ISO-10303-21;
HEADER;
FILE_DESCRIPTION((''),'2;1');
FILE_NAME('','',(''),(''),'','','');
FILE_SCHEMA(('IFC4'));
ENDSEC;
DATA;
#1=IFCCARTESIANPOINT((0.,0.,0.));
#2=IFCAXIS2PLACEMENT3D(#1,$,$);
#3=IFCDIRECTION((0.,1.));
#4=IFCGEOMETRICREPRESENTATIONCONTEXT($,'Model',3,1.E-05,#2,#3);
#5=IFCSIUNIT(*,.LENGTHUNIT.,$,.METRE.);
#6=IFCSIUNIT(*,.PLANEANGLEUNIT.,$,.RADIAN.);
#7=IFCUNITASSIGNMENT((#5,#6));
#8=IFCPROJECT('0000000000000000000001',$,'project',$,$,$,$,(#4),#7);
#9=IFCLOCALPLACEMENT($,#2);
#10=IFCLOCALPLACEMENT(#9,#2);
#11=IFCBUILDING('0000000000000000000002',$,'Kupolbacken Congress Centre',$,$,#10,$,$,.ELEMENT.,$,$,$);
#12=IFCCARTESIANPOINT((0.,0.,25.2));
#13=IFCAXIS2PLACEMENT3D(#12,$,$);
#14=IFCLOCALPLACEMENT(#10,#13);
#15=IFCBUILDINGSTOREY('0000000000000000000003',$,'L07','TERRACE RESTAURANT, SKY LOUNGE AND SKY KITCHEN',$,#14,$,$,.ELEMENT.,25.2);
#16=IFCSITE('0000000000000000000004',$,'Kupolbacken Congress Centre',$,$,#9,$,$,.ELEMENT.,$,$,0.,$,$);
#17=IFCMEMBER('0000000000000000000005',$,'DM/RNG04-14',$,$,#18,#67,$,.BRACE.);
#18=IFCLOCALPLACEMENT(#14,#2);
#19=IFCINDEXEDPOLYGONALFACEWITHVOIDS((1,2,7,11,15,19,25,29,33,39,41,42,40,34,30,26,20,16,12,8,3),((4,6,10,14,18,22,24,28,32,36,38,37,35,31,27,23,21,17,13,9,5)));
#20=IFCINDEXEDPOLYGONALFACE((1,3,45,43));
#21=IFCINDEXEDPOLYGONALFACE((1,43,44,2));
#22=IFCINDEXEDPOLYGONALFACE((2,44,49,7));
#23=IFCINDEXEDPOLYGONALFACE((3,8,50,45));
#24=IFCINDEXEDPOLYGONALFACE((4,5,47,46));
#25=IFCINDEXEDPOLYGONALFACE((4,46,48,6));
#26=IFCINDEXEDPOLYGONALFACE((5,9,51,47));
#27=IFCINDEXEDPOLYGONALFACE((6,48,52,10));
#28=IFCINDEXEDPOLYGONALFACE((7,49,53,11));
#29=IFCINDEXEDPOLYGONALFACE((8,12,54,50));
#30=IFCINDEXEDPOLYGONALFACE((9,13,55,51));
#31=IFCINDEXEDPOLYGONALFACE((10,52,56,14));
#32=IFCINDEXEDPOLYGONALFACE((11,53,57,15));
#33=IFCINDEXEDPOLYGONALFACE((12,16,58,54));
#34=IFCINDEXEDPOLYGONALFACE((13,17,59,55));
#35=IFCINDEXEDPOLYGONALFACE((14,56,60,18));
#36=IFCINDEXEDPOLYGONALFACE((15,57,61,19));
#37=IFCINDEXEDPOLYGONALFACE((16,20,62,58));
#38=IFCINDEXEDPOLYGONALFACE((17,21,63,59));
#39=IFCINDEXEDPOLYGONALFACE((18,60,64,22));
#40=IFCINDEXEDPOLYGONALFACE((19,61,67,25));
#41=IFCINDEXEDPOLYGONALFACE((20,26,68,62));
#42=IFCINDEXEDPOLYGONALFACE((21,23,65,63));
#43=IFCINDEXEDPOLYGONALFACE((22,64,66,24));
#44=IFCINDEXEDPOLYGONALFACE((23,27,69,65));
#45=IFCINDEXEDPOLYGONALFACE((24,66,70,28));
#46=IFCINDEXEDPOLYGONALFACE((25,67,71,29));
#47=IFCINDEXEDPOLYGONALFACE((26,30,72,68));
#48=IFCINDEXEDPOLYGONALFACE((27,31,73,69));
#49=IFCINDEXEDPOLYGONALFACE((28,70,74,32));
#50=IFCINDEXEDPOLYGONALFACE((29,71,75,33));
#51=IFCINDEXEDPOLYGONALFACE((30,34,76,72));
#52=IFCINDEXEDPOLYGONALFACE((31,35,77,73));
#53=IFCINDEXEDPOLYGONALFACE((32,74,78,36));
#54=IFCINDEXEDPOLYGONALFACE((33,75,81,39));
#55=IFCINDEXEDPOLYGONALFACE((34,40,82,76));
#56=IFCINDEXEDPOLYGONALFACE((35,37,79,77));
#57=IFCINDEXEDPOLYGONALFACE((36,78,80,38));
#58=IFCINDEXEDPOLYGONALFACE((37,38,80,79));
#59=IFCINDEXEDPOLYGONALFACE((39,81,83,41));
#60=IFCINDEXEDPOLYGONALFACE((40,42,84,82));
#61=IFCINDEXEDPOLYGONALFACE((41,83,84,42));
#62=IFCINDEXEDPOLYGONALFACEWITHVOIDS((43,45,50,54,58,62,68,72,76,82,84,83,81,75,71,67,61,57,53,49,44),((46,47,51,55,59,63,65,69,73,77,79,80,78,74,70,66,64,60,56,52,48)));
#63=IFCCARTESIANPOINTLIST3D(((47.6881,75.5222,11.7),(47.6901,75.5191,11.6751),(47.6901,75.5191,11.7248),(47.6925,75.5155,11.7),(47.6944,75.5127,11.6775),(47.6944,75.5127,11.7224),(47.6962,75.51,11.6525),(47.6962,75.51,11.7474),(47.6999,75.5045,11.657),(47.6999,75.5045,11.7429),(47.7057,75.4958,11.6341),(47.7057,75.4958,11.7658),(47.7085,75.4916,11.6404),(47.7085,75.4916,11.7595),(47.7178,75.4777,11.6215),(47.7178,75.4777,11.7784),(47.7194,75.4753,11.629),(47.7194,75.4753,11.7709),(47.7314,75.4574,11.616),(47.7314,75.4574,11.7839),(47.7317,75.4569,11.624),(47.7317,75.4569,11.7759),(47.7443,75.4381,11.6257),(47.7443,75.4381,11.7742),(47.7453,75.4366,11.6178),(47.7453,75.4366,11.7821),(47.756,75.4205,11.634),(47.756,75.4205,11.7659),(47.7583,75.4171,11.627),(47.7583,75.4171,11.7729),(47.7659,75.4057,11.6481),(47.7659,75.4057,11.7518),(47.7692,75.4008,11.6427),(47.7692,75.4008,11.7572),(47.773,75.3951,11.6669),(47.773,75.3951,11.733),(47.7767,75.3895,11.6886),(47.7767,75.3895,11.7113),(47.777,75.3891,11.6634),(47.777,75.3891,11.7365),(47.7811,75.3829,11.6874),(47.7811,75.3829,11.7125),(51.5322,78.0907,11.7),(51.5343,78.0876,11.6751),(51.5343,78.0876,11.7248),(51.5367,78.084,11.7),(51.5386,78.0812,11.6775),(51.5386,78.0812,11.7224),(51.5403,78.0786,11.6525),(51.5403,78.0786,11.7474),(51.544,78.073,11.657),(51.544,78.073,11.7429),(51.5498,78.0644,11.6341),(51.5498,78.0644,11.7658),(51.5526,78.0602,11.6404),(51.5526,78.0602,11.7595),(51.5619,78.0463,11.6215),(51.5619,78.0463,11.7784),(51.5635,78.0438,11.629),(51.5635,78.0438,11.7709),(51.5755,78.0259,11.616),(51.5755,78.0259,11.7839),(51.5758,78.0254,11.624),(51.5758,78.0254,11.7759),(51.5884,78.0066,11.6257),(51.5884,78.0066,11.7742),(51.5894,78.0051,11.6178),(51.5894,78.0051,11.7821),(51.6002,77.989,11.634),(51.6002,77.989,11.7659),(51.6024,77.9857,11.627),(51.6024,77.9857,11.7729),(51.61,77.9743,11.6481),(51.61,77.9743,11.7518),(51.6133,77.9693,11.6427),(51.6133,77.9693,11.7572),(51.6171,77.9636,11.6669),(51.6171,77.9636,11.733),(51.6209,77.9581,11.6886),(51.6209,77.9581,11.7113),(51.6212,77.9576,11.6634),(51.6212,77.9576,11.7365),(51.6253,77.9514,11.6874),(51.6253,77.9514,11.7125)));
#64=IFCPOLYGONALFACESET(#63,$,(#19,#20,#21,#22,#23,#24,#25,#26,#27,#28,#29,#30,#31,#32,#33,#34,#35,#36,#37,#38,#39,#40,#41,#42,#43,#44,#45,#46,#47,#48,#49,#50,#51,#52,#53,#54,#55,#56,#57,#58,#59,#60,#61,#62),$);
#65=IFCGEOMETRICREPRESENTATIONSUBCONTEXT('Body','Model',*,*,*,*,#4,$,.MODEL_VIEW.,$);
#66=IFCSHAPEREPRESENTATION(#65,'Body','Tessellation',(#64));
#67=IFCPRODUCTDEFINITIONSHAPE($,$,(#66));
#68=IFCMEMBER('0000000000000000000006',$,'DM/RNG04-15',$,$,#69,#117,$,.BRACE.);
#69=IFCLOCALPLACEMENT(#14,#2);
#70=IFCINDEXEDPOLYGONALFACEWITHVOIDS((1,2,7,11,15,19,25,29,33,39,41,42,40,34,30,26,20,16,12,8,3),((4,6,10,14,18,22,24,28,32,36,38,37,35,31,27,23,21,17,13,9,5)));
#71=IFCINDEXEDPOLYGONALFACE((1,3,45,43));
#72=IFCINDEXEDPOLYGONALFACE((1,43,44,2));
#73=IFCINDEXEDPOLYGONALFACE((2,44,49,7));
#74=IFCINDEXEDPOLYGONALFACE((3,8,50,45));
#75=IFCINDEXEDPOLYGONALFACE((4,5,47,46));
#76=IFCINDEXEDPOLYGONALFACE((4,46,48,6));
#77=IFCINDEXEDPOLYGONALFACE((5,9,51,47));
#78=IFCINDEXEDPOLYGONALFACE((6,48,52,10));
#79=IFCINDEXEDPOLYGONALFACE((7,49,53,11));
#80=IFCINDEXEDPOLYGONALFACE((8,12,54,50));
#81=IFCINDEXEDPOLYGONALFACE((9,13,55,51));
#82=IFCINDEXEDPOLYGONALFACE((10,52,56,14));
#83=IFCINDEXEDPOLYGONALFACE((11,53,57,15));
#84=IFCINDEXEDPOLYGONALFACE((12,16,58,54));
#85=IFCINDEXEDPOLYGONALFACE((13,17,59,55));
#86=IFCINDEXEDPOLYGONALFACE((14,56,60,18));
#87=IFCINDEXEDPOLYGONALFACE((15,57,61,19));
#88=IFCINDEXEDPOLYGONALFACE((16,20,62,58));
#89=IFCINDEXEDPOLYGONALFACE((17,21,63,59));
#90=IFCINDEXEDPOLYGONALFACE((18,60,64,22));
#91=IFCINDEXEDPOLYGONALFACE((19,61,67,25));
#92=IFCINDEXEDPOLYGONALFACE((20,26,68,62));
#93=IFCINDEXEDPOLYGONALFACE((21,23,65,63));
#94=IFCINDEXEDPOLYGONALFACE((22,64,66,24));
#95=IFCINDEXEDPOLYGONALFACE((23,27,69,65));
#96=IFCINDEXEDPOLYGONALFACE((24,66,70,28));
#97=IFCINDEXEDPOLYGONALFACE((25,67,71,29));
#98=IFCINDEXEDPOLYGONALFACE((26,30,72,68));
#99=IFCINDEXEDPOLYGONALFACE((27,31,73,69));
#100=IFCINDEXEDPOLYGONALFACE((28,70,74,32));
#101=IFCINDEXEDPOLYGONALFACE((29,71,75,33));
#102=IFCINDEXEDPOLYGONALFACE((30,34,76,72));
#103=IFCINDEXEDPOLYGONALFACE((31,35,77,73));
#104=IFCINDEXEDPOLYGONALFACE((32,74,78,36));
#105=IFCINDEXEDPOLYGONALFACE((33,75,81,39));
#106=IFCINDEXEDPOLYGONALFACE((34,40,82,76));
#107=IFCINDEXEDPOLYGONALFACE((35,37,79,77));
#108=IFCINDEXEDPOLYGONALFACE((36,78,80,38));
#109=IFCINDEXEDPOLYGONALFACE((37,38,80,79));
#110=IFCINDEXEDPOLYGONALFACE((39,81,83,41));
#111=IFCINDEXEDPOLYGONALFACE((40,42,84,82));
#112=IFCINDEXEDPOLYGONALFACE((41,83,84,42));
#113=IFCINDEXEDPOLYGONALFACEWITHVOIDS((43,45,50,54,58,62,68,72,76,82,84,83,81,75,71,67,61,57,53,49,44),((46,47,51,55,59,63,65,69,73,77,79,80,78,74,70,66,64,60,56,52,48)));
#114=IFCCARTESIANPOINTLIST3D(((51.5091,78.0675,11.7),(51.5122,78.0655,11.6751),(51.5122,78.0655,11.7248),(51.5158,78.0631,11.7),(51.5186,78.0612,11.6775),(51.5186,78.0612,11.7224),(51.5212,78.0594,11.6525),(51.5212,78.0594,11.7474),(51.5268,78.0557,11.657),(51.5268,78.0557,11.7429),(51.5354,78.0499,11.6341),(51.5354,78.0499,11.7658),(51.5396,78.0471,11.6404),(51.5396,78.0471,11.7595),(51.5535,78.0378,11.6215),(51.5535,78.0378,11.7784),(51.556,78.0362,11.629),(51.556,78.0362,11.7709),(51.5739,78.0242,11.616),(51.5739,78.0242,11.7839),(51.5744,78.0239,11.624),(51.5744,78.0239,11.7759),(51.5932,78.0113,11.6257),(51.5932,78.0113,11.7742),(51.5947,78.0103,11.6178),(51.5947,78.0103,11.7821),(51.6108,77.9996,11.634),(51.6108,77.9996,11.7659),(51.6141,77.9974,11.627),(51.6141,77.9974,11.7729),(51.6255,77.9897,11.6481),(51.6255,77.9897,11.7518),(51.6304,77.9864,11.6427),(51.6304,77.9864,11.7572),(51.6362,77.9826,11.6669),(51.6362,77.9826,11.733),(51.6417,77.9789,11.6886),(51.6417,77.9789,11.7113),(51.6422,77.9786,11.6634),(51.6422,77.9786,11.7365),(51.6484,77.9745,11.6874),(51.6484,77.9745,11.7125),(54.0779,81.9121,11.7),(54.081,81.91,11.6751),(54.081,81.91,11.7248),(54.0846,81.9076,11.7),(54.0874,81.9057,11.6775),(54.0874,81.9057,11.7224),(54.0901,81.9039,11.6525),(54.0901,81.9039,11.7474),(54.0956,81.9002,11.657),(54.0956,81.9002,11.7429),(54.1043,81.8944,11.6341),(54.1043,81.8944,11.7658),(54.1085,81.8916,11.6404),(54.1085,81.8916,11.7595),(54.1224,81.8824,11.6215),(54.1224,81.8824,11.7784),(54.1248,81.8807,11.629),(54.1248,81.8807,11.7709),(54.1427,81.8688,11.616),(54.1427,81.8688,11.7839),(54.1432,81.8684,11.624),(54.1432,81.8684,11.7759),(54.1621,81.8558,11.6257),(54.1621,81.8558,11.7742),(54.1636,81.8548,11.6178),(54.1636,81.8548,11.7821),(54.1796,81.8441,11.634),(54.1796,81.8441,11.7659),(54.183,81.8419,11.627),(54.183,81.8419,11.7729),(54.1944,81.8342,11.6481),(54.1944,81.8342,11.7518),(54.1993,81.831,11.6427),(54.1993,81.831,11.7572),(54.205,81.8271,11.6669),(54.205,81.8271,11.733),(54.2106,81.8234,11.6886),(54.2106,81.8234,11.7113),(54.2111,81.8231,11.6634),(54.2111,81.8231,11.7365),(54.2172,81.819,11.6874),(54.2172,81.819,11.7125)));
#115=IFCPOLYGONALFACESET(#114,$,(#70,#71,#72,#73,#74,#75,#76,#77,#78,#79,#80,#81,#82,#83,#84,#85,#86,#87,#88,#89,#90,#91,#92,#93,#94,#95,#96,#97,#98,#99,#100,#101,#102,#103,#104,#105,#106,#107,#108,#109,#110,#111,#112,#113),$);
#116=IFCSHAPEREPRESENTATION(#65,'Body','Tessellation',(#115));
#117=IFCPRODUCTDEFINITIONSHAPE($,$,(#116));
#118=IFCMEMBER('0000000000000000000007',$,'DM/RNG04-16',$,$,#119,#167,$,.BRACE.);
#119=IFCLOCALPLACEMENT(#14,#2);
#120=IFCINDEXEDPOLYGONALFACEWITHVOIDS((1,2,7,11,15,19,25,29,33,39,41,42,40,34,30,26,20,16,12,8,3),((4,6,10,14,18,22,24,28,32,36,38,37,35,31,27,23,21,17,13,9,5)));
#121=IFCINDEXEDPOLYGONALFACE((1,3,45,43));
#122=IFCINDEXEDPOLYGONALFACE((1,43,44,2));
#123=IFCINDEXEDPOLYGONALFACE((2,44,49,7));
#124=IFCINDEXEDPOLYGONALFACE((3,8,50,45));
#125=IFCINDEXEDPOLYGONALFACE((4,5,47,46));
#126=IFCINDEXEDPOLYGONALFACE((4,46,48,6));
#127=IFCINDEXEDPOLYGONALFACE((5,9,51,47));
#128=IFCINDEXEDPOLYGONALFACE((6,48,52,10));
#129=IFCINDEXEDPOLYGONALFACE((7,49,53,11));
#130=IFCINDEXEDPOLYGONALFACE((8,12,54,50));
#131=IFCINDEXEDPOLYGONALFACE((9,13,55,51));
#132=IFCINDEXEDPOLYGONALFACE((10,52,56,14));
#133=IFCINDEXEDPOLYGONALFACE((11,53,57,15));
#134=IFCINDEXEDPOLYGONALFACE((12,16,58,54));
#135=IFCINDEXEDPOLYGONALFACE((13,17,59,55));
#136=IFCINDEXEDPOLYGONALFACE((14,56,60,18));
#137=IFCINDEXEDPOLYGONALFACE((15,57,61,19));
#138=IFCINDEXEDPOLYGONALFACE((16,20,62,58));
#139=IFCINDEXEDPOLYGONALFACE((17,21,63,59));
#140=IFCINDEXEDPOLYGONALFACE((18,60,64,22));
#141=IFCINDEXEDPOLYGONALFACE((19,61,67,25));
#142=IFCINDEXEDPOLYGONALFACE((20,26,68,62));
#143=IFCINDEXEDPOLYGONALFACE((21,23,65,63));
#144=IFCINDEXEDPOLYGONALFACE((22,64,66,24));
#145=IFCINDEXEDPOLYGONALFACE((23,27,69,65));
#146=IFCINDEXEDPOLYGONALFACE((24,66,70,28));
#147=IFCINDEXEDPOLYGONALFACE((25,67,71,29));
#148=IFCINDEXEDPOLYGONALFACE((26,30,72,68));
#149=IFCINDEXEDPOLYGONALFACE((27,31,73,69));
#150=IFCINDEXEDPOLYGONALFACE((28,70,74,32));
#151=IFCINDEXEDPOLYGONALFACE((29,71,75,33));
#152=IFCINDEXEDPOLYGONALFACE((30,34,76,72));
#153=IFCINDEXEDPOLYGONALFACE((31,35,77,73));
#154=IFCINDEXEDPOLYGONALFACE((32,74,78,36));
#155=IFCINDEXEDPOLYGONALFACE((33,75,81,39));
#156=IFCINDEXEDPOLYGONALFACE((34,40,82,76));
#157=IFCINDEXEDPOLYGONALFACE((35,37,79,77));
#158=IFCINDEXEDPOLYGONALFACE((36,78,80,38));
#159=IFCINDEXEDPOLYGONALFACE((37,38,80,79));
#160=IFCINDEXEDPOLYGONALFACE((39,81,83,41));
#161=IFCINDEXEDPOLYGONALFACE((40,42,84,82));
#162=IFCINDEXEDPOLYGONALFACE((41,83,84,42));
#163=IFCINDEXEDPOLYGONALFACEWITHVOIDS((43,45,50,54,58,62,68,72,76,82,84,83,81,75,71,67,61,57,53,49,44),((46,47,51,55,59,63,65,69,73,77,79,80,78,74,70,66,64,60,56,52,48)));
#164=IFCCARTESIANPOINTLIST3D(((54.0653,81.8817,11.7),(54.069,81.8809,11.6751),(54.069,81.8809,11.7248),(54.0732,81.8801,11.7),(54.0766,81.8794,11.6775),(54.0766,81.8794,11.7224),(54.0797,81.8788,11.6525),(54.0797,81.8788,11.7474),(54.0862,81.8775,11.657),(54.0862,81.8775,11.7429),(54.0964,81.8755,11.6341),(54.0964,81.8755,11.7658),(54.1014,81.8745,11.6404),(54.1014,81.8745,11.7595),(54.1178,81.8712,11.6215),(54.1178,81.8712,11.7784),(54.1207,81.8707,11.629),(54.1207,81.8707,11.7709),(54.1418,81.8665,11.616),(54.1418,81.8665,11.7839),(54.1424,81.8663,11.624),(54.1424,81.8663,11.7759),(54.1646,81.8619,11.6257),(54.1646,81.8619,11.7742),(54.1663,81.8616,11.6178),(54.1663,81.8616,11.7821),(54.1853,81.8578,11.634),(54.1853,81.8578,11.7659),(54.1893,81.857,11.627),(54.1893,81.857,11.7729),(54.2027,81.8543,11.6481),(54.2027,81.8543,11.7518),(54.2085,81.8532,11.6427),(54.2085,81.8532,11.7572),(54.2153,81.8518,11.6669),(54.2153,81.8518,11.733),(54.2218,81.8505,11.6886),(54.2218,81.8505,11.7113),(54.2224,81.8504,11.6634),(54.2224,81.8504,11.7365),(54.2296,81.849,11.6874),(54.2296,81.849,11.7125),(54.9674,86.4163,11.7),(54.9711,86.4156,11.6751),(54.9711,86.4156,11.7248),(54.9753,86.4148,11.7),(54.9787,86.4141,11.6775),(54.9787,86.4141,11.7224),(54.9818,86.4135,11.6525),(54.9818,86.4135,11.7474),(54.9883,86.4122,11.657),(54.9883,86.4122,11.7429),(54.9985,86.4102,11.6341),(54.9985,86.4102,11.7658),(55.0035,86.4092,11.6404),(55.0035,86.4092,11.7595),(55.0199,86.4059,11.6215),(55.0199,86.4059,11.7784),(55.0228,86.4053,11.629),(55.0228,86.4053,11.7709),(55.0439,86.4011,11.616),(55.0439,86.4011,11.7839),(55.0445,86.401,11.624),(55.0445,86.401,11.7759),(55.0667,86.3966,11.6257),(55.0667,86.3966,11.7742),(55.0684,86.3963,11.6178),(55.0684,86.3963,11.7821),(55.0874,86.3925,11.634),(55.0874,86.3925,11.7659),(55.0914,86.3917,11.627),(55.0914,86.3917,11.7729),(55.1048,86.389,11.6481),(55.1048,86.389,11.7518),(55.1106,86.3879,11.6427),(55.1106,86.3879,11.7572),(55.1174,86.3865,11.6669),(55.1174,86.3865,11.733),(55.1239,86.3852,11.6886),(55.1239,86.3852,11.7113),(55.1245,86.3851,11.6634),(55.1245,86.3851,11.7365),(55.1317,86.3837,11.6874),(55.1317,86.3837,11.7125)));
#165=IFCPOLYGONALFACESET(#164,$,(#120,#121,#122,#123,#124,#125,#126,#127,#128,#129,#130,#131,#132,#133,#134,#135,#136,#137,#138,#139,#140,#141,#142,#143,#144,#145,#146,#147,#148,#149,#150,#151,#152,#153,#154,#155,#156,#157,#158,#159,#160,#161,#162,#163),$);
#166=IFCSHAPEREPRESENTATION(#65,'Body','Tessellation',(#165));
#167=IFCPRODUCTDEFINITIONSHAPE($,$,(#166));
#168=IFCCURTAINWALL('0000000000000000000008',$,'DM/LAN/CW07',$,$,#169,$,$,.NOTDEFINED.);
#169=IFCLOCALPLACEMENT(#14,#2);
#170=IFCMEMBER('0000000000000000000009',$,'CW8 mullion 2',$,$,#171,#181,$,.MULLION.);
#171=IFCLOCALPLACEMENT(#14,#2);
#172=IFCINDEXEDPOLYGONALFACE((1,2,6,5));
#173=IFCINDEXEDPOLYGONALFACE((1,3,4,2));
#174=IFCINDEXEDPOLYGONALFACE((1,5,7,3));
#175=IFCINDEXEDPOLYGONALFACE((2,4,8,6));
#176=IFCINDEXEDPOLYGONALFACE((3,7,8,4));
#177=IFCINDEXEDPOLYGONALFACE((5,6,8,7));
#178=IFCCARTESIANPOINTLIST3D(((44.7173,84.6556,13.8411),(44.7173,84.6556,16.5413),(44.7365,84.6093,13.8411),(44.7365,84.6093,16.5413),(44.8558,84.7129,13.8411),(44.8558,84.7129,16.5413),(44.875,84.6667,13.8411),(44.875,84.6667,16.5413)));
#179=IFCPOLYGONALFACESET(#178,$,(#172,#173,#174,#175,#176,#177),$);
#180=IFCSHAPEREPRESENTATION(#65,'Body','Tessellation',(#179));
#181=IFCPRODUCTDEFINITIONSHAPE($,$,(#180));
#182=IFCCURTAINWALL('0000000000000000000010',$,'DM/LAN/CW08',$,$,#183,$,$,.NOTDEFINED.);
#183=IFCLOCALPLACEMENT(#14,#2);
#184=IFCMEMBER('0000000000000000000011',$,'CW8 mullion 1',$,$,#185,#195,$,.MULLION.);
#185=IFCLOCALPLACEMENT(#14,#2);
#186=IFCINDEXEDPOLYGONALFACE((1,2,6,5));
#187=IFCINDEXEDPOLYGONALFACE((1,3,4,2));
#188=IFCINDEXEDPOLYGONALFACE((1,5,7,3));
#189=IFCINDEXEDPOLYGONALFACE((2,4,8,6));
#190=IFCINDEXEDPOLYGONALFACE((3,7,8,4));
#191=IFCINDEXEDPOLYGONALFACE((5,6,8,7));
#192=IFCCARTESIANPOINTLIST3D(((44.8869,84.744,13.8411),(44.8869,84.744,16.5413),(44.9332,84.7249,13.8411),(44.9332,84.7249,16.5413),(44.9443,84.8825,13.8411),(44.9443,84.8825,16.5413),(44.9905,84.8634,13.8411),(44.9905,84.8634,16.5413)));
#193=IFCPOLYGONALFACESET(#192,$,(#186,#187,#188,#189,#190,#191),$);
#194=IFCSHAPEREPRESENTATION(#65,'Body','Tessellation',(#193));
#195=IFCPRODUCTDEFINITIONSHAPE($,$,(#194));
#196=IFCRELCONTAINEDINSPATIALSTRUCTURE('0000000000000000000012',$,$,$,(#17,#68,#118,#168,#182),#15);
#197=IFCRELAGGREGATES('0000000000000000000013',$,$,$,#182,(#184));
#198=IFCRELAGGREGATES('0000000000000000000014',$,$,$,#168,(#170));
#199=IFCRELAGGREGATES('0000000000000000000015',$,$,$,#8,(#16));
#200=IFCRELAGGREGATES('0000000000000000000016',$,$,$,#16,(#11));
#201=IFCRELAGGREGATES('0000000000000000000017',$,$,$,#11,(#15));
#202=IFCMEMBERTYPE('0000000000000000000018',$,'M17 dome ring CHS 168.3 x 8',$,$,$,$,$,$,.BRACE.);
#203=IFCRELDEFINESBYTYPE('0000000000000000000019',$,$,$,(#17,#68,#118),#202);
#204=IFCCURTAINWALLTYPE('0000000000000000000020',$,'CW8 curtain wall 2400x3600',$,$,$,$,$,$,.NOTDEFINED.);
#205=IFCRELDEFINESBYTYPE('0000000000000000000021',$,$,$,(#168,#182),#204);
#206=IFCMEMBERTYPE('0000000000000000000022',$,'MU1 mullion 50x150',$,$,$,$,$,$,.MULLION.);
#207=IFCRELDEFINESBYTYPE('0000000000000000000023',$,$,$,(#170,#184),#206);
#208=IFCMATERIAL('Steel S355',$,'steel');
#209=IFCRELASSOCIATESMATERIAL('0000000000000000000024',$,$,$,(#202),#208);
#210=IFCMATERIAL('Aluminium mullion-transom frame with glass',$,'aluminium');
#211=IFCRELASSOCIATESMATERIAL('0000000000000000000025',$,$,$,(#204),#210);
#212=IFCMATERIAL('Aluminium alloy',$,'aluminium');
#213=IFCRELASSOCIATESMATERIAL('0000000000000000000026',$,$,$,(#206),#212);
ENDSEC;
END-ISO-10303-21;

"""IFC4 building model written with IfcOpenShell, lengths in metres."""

from ifc_helpers import new_model, si_unit, direction, frame, origin, origin_2d, place, context, subcontext, project, spatial, rectangle, hollow_circle, extrude, material, material_profile, profile_set, type_object, element, aggregate, save


model = new_model("IFC4")

# Units and contexts
model_context = context("Model", 3, precision=1e-05, world=origin(), true_north=direction((0.0, 1.0)))
body_context = subcontext(model_context, "Body", "Model", "MODEL_VIEW")
ifc_project = project(units=[si_unit("LENGTHUNIT", "METRE"), si_unit("PLANEANGLEUNIT", "RADIAN")], contexts=[model_context])

# Site, building, storey
site_placement = place(None, origin())
site = spatial("IfcSite", under=ifc_project, at=site_placement, Name="Kupolbacken Congress Centre", CompositionType="ELEMENT", RefElevation=0.0)
building_placement = place(site_placement, origin())
building = spatial("IfcBuilding", under=site, at=building_placement, Name="Kupolbacken Congress Centre", CompositionType="ELEMENT")
storey_placement = place(building_placement, frame((0.0, 0.0, 25.2)))
storey = spatial("IfcBuildingStorey", under=building, at=storey_placement, Name="L07", Description="TERRACE RESTAURANT, SKY LOUNGE AND SKY KITCHEN", CompositionType="ELEMENT", Elevation=25.2)

# Members
ifc_material_1 = material(Name="Steel S355", Category="steel")
ifc_material_profile_1 = material_profile(ifc_material_1, hollow_circle(Radius=0.0842, WallThickness=0.0081, at=origin_2d()), Name="CHS 168.3 x 8")
ifc_profile_set_1 = profile_set([ifc_material_profile_1], Name="Steel S355")
member_type_1 = type_object("IfcMemberType", Name="M17 dome ring CHS 168.3 x 8", PredefinedType="BRACE", material=ifc_profile_set_1)
member_1_placement = place(storey_placement, frame((47.7349, 75.4521, 11.7), z_axis=(0.831473, 0.555565, 0.0), x_axis=(-0.555565, 0.831473, 0.0)))
element("IfcMember", 1, at=member_1_placement, inside=storey, type_object=member_type_1, Name="DM/RNG04-14", PredefinedType="BRACE", context=body_context, shape_type="SweptSolid", body=[
    extrude(hollow_circle(Radius=0.0842, WallThickness=0.0081, at=origin_2d()), origin(), (0.0, 0.0, 1.0), 4.6233),
])
member_2_placement = place(storey_placement, frame((51.5791, 78.0208, 11.7), z_axis=(0.555577, 0.831465, 0.0), x_axis=(-0.831465, 0.555577, 0.0)))
element("IfcMember", 2, at=member_2_placement, inside=storey, type_object=member_type_1, Name="DM/RNG04-15", PredefinedType="BRACE", context=body_context, shape_type="SweptSolid", body=[
    extrude(hollow_circle(Radius=0.0842, WallThickness=0.0081, at=origin_2d()), origin(), (0.0, 0.0, 1.0), 4.6238),
])
member_3_placement = place(storey_placement, frame((54.1479, 81.8652, 11.7), z_axis=(0.195111, 0.980781, 0.0), x_axis=(-0.980781, 0.195111, 0.0)))
element("IfcMember", 3, at=member_3_placement, inside=storey, type_object=member_type_1, Name="DM/RNG04-16", PredefinedType="BRACE", context=body_context, shape_type="SweptSolid", body=[
    extrude(hollow_circle(Radius=0.0842, WallThickness=0.0081, at=origin_2d()), origin(), (0.0, 0.0, 1.0), 4.6235),
])

# Curtain walls, members
ifc_material_2 = material(Name="Aluminium mullion-transom frame with glass", Category="aluminium")
curtain_wall_type_1 = type_object("IfcCurtainWallType", Name="CW8 curtain wall 2400x3600", PredefinedType="NOTDEFINED", material=ifc_material_2)
curtain_wall_1_placement = place(storey_placement, origin())
curtain_wall_1 = element("IfcCurtainWall", 4, at=curtain_wall_1_placement, inside=storey, type_object=curtain_wall_type_1, Name="DM/LAN/CW07", PredefinedType="NOTDEFINED")
ifc_material_3 = material(Name="Aluminium alloy", Category="aluminium")
ifc_material_profile_2 = material_profile(ifc_material_3, rectangle(XDim=0.05, YDim=0.1499, at=origin_2d()), Name="50 x 150")
ifc_profile_set_2 = profile_set([ifc_material_profile_2], Name="Aluminium alloy")
member_type_2 = type_object("IfcMemberType", Name="MU1 mullion 50x150", PredefinedType="MULLION", material=ifc_profile_set_2)
member_4_placement = place(storey_placement, frame((44.7961, 84.6611, 13.8411), z_axis=(0.0, 0.0, 1.0), x_axis=(-0.382683, 0.92388, 0.0)))
member_4 = element("IfcMember", 5, at=member_4_placement, type_object=member_type_2, Name="CW8 mullion 2", PredefinedType="MULLION", context=body_context, shape_type="SweptSolid", body=[
    extrude(rectangle(XDim=0.05, YDim=0.1499, at=origin_2d()), origin(), (0.0, 0.0, 1.0), 2.7002),
])
curtain_wall_2_placement = place(storey_placement, origin())
curtain_wall_2 = element("IfcCurtainWall", 6, at=curtain_wall_2_placement, inside=storey, type_object=curtain_wall_type_1, Name="DM/LAN/CW08", PredefinedType="NOTDEFINED")
member_5_placement = place(storey_placement, frame((44.9387, 84.8037, 13.8411), z_axis=(0.0, 0.0, 1.0), x_axis=(-0.92388, 0.382683, 0.0)))
member_5 = element("IfcMember", 7, at=member_5_placement, type_object=member_type_2, Name="CW8 mullion 1", PredefinedType="MULLION", context=body_context, shape_type="SweptSolid", body=[
    extrude(rectangle(XDim=0.05, YDim=0.1499, at=origin_2d()), origin(), (0.0, 0.0, 1.0), 2.7002),
])

aggregate(curtain_wall_2, [member_5])

aggregate(curtain_wall_1, [member_4])

save(model, "model.ifc")
